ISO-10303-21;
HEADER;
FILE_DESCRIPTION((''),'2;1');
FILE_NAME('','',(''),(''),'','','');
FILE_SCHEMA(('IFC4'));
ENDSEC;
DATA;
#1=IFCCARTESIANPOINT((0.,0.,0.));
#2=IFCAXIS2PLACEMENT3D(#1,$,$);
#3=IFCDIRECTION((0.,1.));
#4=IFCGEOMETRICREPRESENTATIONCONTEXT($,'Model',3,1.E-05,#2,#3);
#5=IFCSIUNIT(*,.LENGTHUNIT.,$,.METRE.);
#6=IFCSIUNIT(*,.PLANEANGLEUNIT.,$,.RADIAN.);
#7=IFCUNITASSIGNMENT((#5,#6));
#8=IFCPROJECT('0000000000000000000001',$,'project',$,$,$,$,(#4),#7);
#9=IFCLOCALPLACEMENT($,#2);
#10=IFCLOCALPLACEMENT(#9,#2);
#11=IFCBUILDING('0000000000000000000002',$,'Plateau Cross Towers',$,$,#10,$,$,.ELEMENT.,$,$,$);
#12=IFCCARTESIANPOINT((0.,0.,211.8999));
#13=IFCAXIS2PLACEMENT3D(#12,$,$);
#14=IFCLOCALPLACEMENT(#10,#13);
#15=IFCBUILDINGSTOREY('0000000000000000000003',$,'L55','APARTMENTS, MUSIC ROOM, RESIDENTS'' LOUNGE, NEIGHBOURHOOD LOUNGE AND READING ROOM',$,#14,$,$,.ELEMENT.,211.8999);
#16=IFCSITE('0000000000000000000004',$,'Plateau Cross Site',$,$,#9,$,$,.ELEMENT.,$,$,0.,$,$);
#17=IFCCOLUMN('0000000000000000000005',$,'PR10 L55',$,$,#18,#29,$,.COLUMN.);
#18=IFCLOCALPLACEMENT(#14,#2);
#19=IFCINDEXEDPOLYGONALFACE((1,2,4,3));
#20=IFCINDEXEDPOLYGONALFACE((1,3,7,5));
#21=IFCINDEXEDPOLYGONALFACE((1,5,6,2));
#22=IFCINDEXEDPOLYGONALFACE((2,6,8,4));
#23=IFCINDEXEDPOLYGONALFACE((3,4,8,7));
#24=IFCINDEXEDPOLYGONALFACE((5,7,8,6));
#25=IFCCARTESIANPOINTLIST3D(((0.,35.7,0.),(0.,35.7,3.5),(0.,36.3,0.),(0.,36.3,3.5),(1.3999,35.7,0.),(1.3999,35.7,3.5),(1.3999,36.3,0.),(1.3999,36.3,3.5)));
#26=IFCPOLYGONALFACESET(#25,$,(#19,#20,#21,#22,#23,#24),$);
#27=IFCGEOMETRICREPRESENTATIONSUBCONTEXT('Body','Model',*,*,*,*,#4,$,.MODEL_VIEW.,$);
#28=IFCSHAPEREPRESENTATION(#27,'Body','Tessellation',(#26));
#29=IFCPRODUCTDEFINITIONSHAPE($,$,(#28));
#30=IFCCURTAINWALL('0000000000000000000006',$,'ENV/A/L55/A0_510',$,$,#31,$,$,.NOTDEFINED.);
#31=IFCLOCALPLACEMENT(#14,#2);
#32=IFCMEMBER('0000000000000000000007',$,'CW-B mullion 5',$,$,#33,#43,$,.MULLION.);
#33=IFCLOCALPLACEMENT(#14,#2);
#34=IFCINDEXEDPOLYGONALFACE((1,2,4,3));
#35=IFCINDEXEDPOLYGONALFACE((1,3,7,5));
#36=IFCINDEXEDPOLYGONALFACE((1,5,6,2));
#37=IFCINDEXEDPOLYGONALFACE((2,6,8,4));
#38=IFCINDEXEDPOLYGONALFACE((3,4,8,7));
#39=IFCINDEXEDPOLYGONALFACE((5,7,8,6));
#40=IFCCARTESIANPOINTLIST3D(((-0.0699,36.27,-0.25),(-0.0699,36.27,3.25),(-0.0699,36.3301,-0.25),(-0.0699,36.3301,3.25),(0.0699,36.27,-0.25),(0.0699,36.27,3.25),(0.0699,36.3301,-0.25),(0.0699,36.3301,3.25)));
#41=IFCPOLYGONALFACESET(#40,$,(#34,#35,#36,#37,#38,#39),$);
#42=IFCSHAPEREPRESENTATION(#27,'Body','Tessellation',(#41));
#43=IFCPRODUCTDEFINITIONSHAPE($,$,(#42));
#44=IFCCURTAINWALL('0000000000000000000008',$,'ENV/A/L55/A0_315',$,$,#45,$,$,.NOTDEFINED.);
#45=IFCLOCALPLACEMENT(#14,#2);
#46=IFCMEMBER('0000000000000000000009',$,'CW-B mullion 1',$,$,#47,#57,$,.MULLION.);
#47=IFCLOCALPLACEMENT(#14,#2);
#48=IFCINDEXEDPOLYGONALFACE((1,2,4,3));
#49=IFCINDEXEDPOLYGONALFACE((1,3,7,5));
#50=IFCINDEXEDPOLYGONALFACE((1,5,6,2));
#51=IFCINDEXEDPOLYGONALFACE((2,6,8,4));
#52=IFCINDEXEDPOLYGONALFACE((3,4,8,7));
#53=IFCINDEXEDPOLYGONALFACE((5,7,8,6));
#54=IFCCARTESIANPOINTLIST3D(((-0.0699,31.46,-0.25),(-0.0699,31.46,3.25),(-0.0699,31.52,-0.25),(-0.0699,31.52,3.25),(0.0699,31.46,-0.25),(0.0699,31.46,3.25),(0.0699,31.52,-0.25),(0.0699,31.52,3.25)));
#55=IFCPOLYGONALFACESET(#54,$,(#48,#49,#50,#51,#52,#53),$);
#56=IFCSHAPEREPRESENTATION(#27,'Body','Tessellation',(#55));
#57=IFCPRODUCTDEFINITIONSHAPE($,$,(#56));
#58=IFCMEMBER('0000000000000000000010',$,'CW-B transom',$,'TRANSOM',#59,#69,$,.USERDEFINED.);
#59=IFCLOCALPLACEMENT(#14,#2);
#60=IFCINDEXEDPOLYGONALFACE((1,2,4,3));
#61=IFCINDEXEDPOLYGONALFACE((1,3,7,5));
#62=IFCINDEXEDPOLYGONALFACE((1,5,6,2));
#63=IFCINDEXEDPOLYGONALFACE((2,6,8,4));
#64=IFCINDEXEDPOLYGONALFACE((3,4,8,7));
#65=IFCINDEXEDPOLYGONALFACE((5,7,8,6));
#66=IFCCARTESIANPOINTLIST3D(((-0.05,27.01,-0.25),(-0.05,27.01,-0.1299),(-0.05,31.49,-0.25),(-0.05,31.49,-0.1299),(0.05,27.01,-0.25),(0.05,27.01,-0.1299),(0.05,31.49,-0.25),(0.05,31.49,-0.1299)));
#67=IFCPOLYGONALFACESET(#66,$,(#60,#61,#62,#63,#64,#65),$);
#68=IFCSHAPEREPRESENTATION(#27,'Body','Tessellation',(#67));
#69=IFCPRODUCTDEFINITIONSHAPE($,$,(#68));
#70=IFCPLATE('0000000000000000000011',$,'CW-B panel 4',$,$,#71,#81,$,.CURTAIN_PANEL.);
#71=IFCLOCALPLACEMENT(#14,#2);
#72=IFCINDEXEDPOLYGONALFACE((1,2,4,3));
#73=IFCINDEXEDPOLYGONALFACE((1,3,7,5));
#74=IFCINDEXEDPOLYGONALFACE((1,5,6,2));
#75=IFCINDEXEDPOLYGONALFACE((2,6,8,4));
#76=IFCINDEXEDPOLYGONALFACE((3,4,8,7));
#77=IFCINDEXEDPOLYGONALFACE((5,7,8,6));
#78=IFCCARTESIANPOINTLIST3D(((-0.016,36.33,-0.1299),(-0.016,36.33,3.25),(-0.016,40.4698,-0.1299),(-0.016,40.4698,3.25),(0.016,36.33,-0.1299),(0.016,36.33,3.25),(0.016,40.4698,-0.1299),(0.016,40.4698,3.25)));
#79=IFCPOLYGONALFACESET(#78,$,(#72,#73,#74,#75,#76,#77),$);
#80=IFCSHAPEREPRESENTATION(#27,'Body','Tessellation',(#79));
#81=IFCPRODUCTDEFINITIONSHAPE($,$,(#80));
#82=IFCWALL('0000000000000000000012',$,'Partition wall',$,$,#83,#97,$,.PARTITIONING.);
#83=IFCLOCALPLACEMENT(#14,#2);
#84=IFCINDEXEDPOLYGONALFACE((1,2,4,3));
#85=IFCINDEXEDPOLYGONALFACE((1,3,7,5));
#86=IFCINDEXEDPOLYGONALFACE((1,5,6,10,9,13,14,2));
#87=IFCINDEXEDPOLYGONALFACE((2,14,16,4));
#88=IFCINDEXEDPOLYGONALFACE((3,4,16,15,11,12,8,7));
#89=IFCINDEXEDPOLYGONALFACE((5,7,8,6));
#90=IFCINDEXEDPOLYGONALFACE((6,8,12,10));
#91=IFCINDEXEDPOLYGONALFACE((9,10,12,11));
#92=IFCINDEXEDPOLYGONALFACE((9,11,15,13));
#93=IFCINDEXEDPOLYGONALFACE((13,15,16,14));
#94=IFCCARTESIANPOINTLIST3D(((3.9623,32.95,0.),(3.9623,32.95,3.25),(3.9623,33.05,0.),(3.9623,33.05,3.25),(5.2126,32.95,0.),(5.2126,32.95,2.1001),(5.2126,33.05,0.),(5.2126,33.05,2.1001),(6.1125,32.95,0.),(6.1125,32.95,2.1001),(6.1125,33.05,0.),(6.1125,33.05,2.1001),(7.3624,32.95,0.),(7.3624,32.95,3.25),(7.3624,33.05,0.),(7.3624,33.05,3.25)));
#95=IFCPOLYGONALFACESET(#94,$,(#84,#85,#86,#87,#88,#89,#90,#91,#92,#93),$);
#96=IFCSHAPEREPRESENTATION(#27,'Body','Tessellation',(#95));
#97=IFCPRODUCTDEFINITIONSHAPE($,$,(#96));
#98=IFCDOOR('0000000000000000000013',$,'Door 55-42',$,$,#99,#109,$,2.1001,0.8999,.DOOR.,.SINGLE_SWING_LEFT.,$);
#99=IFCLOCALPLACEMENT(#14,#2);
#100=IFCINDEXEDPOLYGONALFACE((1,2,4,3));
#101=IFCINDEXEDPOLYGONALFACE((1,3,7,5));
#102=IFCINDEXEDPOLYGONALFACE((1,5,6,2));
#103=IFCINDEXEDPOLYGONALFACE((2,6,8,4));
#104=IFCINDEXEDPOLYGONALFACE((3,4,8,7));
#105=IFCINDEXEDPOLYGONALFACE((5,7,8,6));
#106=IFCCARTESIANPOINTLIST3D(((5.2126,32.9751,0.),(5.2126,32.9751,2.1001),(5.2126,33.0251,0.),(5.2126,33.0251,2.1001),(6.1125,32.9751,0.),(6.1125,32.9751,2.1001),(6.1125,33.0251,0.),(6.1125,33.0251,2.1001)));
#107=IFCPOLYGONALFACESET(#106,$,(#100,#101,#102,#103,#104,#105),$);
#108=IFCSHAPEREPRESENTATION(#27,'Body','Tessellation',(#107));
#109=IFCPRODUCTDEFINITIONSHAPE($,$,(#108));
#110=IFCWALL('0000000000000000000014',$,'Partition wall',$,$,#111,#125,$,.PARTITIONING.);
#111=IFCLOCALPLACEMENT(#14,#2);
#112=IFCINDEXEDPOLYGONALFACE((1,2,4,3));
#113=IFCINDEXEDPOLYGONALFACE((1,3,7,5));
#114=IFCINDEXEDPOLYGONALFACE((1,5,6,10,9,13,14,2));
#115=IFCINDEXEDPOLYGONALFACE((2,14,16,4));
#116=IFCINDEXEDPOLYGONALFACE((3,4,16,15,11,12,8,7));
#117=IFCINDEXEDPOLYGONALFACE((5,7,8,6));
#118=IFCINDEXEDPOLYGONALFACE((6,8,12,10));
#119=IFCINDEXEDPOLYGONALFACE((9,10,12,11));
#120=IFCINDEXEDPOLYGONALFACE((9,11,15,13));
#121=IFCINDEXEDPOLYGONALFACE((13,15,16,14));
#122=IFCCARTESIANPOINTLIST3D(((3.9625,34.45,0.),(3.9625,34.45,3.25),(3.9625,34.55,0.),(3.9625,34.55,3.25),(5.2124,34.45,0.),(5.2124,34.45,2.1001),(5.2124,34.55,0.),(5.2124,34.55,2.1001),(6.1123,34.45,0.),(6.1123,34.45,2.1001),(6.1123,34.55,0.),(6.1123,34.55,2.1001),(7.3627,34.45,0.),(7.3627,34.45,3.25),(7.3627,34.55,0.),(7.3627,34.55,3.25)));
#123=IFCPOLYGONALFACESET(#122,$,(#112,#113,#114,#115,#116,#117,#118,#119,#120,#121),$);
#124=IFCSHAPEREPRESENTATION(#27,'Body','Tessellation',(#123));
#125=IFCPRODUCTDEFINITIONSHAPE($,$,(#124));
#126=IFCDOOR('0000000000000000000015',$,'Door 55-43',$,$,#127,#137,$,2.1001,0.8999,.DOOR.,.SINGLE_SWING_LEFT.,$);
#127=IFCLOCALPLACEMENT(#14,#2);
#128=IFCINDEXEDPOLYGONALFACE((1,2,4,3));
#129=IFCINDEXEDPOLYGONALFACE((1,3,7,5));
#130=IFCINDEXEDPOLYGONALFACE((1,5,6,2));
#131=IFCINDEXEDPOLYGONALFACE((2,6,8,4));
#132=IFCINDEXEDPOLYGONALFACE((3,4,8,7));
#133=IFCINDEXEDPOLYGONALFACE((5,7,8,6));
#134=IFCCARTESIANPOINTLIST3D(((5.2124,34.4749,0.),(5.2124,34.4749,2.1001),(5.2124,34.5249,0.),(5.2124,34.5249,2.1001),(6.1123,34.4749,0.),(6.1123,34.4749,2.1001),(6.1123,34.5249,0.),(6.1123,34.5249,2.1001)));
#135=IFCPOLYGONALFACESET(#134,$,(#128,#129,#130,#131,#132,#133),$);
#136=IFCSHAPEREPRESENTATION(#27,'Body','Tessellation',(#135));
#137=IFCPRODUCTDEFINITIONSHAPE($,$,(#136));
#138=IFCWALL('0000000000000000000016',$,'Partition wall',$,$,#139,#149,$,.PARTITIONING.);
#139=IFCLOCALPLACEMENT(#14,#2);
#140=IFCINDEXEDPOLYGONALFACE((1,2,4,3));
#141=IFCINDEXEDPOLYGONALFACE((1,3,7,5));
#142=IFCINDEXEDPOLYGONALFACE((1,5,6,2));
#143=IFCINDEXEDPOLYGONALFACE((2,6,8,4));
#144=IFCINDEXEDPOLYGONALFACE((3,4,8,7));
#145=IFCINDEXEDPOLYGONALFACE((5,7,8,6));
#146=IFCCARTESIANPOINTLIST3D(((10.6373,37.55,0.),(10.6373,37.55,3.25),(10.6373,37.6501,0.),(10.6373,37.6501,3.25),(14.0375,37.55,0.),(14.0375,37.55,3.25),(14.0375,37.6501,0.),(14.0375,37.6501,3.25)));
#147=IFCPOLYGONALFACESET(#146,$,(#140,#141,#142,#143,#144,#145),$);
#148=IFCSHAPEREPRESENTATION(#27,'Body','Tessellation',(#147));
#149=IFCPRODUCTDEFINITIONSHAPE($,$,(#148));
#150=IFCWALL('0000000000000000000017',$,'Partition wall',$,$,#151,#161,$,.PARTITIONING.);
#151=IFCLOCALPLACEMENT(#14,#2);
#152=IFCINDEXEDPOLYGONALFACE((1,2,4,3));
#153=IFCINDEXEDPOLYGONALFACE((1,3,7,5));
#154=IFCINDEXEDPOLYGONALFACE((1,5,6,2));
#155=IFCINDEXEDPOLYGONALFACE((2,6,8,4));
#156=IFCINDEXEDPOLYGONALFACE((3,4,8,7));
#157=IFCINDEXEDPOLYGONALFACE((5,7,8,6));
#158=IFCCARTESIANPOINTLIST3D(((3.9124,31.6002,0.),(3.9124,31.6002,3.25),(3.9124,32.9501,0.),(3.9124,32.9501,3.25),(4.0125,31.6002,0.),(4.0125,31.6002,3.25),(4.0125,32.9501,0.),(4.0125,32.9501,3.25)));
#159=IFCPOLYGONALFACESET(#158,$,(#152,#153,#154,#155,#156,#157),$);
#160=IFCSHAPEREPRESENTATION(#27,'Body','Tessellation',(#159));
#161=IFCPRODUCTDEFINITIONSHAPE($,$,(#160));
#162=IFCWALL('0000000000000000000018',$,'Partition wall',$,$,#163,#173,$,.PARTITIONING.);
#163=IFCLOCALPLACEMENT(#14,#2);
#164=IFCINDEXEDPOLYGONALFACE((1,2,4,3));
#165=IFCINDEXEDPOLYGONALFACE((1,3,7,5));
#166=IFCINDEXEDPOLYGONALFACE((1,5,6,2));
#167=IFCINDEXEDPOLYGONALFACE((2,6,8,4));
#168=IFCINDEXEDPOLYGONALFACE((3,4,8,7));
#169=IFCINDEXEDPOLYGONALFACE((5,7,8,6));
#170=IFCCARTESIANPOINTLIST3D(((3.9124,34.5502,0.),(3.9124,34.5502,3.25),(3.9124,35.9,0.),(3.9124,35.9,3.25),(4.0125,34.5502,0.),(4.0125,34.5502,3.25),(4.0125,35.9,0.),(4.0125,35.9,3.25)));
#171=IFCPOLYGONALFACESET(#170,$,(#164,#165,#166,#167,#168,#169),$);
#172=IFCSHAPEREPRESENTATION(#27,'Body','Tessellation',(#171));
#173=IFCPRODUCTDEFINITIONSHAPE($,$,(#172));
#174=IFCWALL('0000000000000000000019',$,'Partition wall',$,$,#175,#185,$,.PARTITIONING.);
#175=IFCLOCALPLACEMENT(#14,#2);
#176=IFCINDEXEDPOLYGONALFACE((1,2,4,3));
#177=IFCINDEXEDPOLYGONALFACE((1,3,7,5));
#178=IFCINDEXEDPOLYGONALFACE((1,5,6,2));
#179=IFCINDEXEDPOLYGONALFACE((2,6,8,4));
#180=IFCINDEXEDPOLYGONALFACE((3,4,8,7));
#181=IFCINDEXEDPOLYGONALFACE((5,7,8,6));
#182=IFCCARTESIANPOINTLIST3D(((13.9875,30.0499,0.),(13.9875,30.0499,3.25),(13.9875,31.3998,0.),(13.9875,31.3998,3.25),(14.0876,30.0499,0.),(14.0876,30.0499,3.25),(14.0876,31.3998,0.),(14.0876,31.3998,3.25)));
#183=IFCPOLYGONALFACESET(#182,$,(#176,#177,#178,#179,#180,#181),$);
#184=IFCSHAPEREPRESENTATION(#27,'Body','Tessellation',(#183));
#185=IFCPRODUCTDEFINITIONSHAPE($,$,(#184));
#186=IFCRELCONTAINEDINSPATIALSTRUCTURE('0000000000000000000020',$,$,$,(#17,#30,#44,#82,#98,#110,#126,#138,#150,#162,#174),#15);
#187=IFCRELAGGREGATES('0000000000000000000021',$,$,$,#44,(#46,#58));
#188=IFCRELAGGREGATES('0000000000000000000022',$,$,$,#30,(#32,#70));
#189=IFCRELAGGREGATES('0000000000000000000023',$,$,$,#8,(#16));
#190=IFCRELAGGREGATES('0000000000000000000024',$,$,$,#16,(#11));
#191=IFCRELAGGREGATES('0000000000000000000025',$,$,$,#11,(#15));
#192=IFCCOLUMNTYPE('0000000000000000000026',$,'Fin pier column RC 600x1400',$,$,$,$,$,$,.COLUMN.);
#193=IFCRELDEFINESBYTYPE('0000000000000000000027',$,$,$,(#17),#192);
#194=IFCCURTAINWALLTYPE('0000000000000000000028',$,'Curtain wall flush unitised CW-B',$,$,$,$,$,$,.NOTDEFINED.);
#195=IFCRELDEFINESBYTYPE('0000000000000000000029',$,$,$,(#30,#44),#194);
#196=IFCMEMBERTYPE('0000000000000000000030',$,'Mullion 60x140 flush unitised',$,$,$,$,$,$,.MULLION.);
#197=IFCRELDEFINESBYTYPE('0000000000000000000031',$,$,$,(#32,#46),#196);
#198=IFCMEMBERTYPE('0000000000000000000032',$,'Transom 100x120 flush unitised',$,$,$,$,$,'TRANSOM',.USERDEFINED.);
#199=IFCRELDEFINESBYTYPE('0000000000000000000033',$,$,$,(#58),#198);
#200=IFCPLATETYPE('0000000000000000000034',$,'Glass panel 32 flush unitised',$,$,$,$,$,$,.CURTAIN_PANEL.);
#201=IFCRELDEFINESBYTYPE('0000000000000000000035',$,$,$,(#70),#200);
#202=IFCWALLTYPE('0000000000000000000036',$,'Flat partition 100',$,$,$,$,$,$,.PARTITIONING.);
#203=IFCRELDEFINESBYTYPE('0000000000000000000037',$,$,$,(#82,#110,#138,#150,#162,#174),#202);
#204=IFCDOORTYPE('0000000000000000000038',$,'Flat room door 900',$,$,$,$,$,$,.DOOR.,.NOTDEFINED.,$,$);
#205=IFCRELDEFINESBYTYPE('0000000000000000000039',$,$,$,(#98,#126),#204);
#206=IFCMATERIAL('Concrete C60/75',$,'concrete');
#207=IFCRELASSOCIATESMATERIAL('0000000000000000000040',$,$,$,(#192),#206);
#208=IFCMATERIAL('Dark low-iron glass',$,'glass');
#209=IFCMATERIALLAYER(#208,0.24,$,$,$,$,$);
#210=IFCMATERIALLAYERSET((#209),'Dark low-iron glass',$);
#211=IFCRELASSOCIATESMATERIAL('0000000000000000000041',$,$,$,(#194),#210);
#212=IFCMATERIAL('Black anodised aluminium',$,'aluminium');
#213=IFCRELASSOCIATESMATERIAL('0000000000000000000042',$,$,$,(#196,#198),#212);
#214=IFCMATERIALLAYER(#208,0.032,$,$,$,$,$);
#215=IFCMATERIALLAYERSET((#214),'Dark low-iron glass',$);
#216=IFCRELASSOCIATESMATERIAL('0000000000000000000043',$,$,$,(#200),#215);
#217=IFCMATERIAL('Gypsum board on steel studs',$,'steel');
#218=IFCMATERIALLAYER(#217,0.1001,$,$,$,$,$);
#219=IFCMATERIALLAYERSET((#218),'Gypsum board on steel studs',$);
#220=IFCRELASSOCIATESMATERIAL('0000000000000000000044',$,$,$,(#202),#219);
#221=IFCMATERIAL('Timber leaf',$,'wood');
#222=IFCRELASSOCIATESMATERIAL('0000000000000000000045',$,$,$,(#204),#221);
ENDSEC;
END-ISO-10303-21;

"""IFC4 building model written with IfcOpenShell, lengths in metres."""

from ifc_helpers import new_model, si_unit, direction, frame, frame_2d, origin, origin_2d, place, context, subcontext, project, spatial, rectangle, extrude, material, layer, layer_set, material_profile, profile_set, type_object, element, fill, aggregate, save


model = new_model("IFC4")

# Units and contexts
model_context = context("Model", 3, precision=1e-05, world=origin(), true_north=direction((0.0, 1.0)))
body_context = subcontext(model_context, "Body", "Model", "MODEL_VIEW")
ifc_project = project(units=[si_unit("LENGTHUNIT", "METRE"), si_unit("PLANEANGLEUNIT", "RADIAN")], contexts=[model_context])

# Site, building, storey
site_placement = place(None, origin())
site = spatial("IfcSite", under=ifc_project, at=site_placement, Name="Plateau Cross Site", CompositionType="ELEMENT", RefElevation=0.0)
building_placement = place(site_placement, origin())
building = spatial("IfcBuilding", under=site, at=building_placement, Name="Plateau Cross Towers", CompositionType="ELEMENT")
storey_placement = place(building_placement, frame((0.0, 0.0, 211.8999)))
storey = spatial("IfcBuildingStorey", under=building, at=storey_placement, Name="L55", Description="APARTMENTS, MUSIC ROOM, RESIDENTS' LOUNGE, NEIGHBOURHOOD LOUNGE AND READING ROOM", CompositionType="ELEMENT", Elevation=211.8999)

# Column
ifc_material_1 = material(Name="Concrete C60/75", Category="concrete")
ifc_material_profile_1 = material_profile(ifc_material_1, rectangle(XDim=0.6001, YDim=1.3999, at=origin_2d()), Name="RC 600x1400")
ifc_profile_set_1 = profile_set([ifc_material_profile_1], Name="Concrete C60/75")
column_type = type_object("IfcColumnType", Name="Fin pier column RC 600x1400", PredefinedType="COLUMN", material=ifc_profile_set_1)
column_placement = place(storey_placement, frame((0.7, 36.0, 0.0), z_axis=(0.0, 0.0, 1.0), x_axis=(0.0, 1.0, 0.0)))
element("IfcColumn", 1, at=column_placement, inside=storey, type_object=column_type, Name="PR10 L55", PredefinedType="COLUMN", context=body_context, shape_type="SweptSolid", body=[
    extrude(rectangle(XDim=0.6001, YDim=1.3999, at=origin_2d()), origin(), (0.0, 0.0, 1.0), 3.5),
])

# Curtain wall, member
ifc_material_2 = material(Name="Dark low-iron glass", Category="glass")
ifc_layer_1 = layer(ifc_material_2, 0.24)
ifc_layer_set_1 = layer_set([ifc_layer_1], Name="Dark low-iron glass")
curtain_wall_type = type_object("IfcCurtainWallType", Name="Curtain wall flush unitised CW-B", PredefinedType="NOTDEFINED", material=ifc_layer_set_1)
curtain_wall_1_placement = place(storey_placement, origin())
curtain_wall_1 = element("IfcCurtainWall", 2, at=curtain_wall_1_placement, inside=storey, type_object=curtain_wall_type, Name="ENV/A/L55/A0_510", PredefinedType="NOTDEFINED")
ifc_material_3 = material(Name="Black anodised aluminium", Category="aluminium")
ifc_material_profile_2 = material_profile(ifc_material_3, rectangle(XDim=0.0601, YDim=0.1399, at=origin_2d()), Name="MULLION 60x140")
ifc_profile_set_2 = profile_set([ifc_material_profile_2], Name="Black anodised aluminium")
member_type_1 = type_object("IfcMemberType", Name="Mullion 60x140 flush unitised", PredefinedType="MULLION", material=ifc_profile_set_2)
member_1_placement = place(storey_placement, frame((0.0, 36.3, -0.25), z_axis=(0.0, 0.0, 1.0), x_axis=(0.0, -1.0, 0.0)))
member_1 = element("IfcMember", 3, at=member_1_placement, type_object=member_type_1, Name="CW-B mullion 5", PredefinedType="MULLION", context=body_context, shape_type="SweptSolid", body=[
    extrude(rectangle(XDim=0.0601, YDim=0.1399, at=origin_2d()), origin(), (0.0, 0.0, 1.0), 3.5),
])

# Curtain wall, members
curtain_wall_2_placement = place(storey_placement, origin())
curtain_wall_2 = element("IfcCurtainWall", 4, at=curtain_wall_2_placement, inside=storey, type_object=curtain_wall_type, Name="ENV/A/L55/A0_315", PredefinedType="NOTDEFINED")
member_2_placement = place(storey_placement, frame((0.0, 31.49, -0.25), z_axis=(0.0, 0.0, 1.0), x_axis=(0.0, -1.0, 0.0)))
member_2 = element("IfcMember", 5, at=member_2_placement, type_object=member_type_1, Name="CW-B mullion 1", PredefinedType="MULLION", context=body_context, shape_type="SweptSolid", body=[
    extrude(rectangle(XDim=0.0601, YDim=0.1399, at=origin_2d()), origin(), (0.0, 0.0, 1.0), 3.5),
])
ifc_material_profile_3 = material_profile(ifc_material_3, rectangle(XDim=0.1001, YDim=0.1201, at=origin_2d()), Name="TRANSOM 100x120")
ifc_profile_set_3 = profile_set([ifc_material_profile_3], Name="Black anodised aluminium")
member_type_2 = type_object("IfcMemberType", Name="Transom 100x120 flush unitised", ElementType="TRANSOM", PredefinedType="USERDEFINED", material=ifc_profile_set_3)
member_3_placement = place(storey_placement, frame((0.0, 31.49, -0.1899), z_axis=(0.0, -1.0, 0.0), x_axis=(1.0, 0.0, 0.0)))
member_3 = element("IfcMember", 6, at=member_3_placement, type_object=member_type_2, Name="CW-B transom", ObjectType="TRANSOM", PredefinedType="USERDEFINED", context=body_context, shape_type="SweptSolid", body=[
    extrude(rectangle(XDim=0.1001, YDim=0.1201, at=origin_2d()), origin(), (0.0, 0.0, 1.0), 4.48),
])
aggregate(curtain_wall_2, [member_2, member_3])

# Plate
ifc_layer_2 = layer(ifc_material_2, 0.032)
ifc_layer_set_2 = layer_set([ifc_layer_2], Name="Dark low-iron glass")
plate_type = type_object("IfcPlateType", Name="Glass panel 32 flush unitised", PredefinedType="CURTAIN_PANEL", material=ifc_layer_set_2)
plate_placement = place(storey_placement, frame((0.0, 38.3999, -0.1299), z_axis=(0.0, 0.0, 1.0), x_axis=(0.0, -1.0, 0.0)))
plate = element("IfcPlate", 7, at=plate_placement, type_object=plate_type, Name="CW-B panel 4", PredefinedType="CURTAIN_PANEL", context=body_context, shape_type="SweptSolid", body=[
    extrude(rectangle(XDim=4.1399, YDim=0.032, at=origin_2d()), origin(), (0.0, 0.0, 1.0), 3.3799),
])
aggregate(curtain_wall_1, [member_1, plate])

# Walls, openings, doors
ifc_material_4 = material(Name="Gypsum board on steel studs", Category="steel")
ifc_layer_3 = layer(ifc_material_4, 0.1001)
ifc_layer_set_3 = layer_set([ifc_layer_3], Name="Gypsum board on steel studs")
wall_type_1 = type_object("IfcWallType", Name="Flat partition 100", PredefinedType="PARTITIONING", material=ifc_layer_set_3)
wall_1_placement = place(storey_placement, frame((7.3625, 33.0, 0.0), z_axis=(0.0, 0.0, 1.0), x_axis=(-1.0, 0.0, 0.0)))
wall_1 = element("IfcWall", 8, at=wall_1_placement, inside=storey, type_object=wall_type_1, Name="Partition wall", PredefinedType="PARTITIONING", context=body_context, shape_type="SweptSolid", body=[
    extrude(rectangle(XDim=3.4001, YDim=0.1001, at=frame_2d((1.7002, 0.0))), origin(), (0.0, 0.0, 1.0), 3.25),
])
opening_1_placement = place(wall_1_placement, frame((1.25, 0.0, 0.0)))
opening_1 = element("IfcOpeningElement", 9, at=opening_1_placement, cuts=wall_1, PredefinedType="OPENING", context=body_context, shape_type="SweptSolid", body=[
    extrude(rectangle(XDim=0.8999, YDim=2.1001, at=frame_2d((0.45, 1.05))), frame((0.0, 0.0601, 0.0), z_axis=(0.0, -1.0, 0.0), x_axis=(1.0, 0.0, 0.0)), (0.0, 0.0, 1.0), 0.1201),
])
ifc_material_5 = material(Name="Timber leaf", Category="wood")
door_type_1 = type_object("IfcDoorType", Name="Flat room door 900", OperationType="NOTDEFINED", PredefinedType="DOOR", material=ifc_material_5)
door_1_placement = place(opening_1_placement, origin())
door_1 = element("IfcDoor", 10, at=door_1_placement, inside=storey, type_object=door_type_1, Name="Door 55-42", OperationType="SINGLE_SWING_LEFT", OverallHeight=2.1001, OverallWidth=0.8999, PredefinedType="DOOR", context=body_context, shape_type="SweptSolid", body=[
    extrude(rectangle(XDim=0.8999, YDim=2.1001, at=frame_2d((0.45, 1.05))), frame((0.0, 0.0249, 0.0), z_axis=(0.0, -1.0, 0.0), x_axis=(1.0, 0.0, 0.0)), (0.0, 0.0, 1.0), 0.05),
])
fill(opening_1, door_1)
wall_2_placement = place(storey_placement, frame((3.9624, 34.5, 0.0), z_axis=(0.0, 0.0, 1.0), x_axis=(1.0, 0.0, 0.0)))
wall_2 = element("IfcWall", 11, at=wall_2_placement, inside=storey, type_object=wall_type_1, Name="Partition wall", PredefinedType="PARTITIONING", context=body_context, shape_type="SweptSolid", body=[
    extrude(rectangle(XDim=3.4001, YDim=0.1001, at=frame_2d((1.7002, 0.0))), origin(), (0.0, 0.0, 1.0), 3.25),
])
opening_2_placement = place(wall_2_placement, frame((1.25, 0.0, 0.0)))
opening_2 = element("IfcOpeningElement", 12, at=opening_2_placement, cuts=wall_2, PredefinedType="OPENING", context=body_context, shape_type="SweptSolid", body=[
    extrude(rectangle(XDim=0.8999, YDim=2.1001, at=frame_2d((0.45, 1.05))), frame((0.0, 0.0601, 0.0), z_axis=(0.0, -1.0, 0.0), x_axis=(1.0, 0.0, 0.0)), (0.0, 0.0, 1.0), 0.1201),
])
door_2_placement = place(opening_2_placement, origin())
door_2 = element("IfcDoor", 13, at=door_2_placement, inside=storey, type_object=door_type_1, Name="Door 55-43", OperationType="SINGLE_SWING_LEFT", OverallHeight=2.1001, OverallWidth=0.8999, PredefinedType="DOOR", context=body_context, shape_type="SweptSolid", body=[
    extrude(rectangle(XDim=0.8999, YDim=2.1001, at=frame_2d((0.45, 1.05))), frame((0.0, 0.0249, 0.0), z_axis=(0.0, -1.0, 0.0), x_axis=(1.0, 0.0, 0.0)), (0.0, 0.0, 1.0), 0.05),
])
fill(opening_2, door_2)

# Walls
wall_3_placement = place(storey_placement, frame((14.0376, 37.6001, 0.0), z_axis=(0.0, 0.0, 1.0), x_axis=(-1.0, 0.0, 0.0)))
element("IfcWall", 14, at=wall_3_placement, inside=storey, type_object=wall_type_1, Name="Partition wall", PredefinedType="PARTITIONING", context=body_context, shape_type="SweptSolid", body=[
    extrude(rectangle(XDim=3.4001, YDim=0.1001, at=frame_2d((1.7002, 0.0))), origin(), (0.0, 0.0, 1.0), 3.25),
])
for number, where, z_axis, x_axis, name in (
    (15, (3.9624, 32.95, 0.0), (0.0, 0.0, 1.0), (0.0, -1.0, 0.0), "Partition wall"),
    (16, (3.9624, 35.8999, 0.0), (0.0, 0.0, 1.0), (0.0, -1.0, 0.0), "Partition wall"),
    (17, (14.0376, 30.05, 0.0), (0.0, 0.0, 1.0), (0.0, 1.0, 0.0), "Partition wall"),
):
    element("IfcWall", number, at=place(storey_placement, frame(where, z_axis=z_axis, x_axis=x_axis)), inside=storey, type_object=wall_type_1, Name=name, PredefinedType="PARTITIONING", context=body_context, shape_type="SweptSolid", body=[
        extrude(rectangle(XDim=1.3499, YDim=0.1001, at=frame_2d((0.6748, 0.0))), origin(), (0.0, 0.0, 1.0), 3.25),
    ])

save(model, "model.ifc")
